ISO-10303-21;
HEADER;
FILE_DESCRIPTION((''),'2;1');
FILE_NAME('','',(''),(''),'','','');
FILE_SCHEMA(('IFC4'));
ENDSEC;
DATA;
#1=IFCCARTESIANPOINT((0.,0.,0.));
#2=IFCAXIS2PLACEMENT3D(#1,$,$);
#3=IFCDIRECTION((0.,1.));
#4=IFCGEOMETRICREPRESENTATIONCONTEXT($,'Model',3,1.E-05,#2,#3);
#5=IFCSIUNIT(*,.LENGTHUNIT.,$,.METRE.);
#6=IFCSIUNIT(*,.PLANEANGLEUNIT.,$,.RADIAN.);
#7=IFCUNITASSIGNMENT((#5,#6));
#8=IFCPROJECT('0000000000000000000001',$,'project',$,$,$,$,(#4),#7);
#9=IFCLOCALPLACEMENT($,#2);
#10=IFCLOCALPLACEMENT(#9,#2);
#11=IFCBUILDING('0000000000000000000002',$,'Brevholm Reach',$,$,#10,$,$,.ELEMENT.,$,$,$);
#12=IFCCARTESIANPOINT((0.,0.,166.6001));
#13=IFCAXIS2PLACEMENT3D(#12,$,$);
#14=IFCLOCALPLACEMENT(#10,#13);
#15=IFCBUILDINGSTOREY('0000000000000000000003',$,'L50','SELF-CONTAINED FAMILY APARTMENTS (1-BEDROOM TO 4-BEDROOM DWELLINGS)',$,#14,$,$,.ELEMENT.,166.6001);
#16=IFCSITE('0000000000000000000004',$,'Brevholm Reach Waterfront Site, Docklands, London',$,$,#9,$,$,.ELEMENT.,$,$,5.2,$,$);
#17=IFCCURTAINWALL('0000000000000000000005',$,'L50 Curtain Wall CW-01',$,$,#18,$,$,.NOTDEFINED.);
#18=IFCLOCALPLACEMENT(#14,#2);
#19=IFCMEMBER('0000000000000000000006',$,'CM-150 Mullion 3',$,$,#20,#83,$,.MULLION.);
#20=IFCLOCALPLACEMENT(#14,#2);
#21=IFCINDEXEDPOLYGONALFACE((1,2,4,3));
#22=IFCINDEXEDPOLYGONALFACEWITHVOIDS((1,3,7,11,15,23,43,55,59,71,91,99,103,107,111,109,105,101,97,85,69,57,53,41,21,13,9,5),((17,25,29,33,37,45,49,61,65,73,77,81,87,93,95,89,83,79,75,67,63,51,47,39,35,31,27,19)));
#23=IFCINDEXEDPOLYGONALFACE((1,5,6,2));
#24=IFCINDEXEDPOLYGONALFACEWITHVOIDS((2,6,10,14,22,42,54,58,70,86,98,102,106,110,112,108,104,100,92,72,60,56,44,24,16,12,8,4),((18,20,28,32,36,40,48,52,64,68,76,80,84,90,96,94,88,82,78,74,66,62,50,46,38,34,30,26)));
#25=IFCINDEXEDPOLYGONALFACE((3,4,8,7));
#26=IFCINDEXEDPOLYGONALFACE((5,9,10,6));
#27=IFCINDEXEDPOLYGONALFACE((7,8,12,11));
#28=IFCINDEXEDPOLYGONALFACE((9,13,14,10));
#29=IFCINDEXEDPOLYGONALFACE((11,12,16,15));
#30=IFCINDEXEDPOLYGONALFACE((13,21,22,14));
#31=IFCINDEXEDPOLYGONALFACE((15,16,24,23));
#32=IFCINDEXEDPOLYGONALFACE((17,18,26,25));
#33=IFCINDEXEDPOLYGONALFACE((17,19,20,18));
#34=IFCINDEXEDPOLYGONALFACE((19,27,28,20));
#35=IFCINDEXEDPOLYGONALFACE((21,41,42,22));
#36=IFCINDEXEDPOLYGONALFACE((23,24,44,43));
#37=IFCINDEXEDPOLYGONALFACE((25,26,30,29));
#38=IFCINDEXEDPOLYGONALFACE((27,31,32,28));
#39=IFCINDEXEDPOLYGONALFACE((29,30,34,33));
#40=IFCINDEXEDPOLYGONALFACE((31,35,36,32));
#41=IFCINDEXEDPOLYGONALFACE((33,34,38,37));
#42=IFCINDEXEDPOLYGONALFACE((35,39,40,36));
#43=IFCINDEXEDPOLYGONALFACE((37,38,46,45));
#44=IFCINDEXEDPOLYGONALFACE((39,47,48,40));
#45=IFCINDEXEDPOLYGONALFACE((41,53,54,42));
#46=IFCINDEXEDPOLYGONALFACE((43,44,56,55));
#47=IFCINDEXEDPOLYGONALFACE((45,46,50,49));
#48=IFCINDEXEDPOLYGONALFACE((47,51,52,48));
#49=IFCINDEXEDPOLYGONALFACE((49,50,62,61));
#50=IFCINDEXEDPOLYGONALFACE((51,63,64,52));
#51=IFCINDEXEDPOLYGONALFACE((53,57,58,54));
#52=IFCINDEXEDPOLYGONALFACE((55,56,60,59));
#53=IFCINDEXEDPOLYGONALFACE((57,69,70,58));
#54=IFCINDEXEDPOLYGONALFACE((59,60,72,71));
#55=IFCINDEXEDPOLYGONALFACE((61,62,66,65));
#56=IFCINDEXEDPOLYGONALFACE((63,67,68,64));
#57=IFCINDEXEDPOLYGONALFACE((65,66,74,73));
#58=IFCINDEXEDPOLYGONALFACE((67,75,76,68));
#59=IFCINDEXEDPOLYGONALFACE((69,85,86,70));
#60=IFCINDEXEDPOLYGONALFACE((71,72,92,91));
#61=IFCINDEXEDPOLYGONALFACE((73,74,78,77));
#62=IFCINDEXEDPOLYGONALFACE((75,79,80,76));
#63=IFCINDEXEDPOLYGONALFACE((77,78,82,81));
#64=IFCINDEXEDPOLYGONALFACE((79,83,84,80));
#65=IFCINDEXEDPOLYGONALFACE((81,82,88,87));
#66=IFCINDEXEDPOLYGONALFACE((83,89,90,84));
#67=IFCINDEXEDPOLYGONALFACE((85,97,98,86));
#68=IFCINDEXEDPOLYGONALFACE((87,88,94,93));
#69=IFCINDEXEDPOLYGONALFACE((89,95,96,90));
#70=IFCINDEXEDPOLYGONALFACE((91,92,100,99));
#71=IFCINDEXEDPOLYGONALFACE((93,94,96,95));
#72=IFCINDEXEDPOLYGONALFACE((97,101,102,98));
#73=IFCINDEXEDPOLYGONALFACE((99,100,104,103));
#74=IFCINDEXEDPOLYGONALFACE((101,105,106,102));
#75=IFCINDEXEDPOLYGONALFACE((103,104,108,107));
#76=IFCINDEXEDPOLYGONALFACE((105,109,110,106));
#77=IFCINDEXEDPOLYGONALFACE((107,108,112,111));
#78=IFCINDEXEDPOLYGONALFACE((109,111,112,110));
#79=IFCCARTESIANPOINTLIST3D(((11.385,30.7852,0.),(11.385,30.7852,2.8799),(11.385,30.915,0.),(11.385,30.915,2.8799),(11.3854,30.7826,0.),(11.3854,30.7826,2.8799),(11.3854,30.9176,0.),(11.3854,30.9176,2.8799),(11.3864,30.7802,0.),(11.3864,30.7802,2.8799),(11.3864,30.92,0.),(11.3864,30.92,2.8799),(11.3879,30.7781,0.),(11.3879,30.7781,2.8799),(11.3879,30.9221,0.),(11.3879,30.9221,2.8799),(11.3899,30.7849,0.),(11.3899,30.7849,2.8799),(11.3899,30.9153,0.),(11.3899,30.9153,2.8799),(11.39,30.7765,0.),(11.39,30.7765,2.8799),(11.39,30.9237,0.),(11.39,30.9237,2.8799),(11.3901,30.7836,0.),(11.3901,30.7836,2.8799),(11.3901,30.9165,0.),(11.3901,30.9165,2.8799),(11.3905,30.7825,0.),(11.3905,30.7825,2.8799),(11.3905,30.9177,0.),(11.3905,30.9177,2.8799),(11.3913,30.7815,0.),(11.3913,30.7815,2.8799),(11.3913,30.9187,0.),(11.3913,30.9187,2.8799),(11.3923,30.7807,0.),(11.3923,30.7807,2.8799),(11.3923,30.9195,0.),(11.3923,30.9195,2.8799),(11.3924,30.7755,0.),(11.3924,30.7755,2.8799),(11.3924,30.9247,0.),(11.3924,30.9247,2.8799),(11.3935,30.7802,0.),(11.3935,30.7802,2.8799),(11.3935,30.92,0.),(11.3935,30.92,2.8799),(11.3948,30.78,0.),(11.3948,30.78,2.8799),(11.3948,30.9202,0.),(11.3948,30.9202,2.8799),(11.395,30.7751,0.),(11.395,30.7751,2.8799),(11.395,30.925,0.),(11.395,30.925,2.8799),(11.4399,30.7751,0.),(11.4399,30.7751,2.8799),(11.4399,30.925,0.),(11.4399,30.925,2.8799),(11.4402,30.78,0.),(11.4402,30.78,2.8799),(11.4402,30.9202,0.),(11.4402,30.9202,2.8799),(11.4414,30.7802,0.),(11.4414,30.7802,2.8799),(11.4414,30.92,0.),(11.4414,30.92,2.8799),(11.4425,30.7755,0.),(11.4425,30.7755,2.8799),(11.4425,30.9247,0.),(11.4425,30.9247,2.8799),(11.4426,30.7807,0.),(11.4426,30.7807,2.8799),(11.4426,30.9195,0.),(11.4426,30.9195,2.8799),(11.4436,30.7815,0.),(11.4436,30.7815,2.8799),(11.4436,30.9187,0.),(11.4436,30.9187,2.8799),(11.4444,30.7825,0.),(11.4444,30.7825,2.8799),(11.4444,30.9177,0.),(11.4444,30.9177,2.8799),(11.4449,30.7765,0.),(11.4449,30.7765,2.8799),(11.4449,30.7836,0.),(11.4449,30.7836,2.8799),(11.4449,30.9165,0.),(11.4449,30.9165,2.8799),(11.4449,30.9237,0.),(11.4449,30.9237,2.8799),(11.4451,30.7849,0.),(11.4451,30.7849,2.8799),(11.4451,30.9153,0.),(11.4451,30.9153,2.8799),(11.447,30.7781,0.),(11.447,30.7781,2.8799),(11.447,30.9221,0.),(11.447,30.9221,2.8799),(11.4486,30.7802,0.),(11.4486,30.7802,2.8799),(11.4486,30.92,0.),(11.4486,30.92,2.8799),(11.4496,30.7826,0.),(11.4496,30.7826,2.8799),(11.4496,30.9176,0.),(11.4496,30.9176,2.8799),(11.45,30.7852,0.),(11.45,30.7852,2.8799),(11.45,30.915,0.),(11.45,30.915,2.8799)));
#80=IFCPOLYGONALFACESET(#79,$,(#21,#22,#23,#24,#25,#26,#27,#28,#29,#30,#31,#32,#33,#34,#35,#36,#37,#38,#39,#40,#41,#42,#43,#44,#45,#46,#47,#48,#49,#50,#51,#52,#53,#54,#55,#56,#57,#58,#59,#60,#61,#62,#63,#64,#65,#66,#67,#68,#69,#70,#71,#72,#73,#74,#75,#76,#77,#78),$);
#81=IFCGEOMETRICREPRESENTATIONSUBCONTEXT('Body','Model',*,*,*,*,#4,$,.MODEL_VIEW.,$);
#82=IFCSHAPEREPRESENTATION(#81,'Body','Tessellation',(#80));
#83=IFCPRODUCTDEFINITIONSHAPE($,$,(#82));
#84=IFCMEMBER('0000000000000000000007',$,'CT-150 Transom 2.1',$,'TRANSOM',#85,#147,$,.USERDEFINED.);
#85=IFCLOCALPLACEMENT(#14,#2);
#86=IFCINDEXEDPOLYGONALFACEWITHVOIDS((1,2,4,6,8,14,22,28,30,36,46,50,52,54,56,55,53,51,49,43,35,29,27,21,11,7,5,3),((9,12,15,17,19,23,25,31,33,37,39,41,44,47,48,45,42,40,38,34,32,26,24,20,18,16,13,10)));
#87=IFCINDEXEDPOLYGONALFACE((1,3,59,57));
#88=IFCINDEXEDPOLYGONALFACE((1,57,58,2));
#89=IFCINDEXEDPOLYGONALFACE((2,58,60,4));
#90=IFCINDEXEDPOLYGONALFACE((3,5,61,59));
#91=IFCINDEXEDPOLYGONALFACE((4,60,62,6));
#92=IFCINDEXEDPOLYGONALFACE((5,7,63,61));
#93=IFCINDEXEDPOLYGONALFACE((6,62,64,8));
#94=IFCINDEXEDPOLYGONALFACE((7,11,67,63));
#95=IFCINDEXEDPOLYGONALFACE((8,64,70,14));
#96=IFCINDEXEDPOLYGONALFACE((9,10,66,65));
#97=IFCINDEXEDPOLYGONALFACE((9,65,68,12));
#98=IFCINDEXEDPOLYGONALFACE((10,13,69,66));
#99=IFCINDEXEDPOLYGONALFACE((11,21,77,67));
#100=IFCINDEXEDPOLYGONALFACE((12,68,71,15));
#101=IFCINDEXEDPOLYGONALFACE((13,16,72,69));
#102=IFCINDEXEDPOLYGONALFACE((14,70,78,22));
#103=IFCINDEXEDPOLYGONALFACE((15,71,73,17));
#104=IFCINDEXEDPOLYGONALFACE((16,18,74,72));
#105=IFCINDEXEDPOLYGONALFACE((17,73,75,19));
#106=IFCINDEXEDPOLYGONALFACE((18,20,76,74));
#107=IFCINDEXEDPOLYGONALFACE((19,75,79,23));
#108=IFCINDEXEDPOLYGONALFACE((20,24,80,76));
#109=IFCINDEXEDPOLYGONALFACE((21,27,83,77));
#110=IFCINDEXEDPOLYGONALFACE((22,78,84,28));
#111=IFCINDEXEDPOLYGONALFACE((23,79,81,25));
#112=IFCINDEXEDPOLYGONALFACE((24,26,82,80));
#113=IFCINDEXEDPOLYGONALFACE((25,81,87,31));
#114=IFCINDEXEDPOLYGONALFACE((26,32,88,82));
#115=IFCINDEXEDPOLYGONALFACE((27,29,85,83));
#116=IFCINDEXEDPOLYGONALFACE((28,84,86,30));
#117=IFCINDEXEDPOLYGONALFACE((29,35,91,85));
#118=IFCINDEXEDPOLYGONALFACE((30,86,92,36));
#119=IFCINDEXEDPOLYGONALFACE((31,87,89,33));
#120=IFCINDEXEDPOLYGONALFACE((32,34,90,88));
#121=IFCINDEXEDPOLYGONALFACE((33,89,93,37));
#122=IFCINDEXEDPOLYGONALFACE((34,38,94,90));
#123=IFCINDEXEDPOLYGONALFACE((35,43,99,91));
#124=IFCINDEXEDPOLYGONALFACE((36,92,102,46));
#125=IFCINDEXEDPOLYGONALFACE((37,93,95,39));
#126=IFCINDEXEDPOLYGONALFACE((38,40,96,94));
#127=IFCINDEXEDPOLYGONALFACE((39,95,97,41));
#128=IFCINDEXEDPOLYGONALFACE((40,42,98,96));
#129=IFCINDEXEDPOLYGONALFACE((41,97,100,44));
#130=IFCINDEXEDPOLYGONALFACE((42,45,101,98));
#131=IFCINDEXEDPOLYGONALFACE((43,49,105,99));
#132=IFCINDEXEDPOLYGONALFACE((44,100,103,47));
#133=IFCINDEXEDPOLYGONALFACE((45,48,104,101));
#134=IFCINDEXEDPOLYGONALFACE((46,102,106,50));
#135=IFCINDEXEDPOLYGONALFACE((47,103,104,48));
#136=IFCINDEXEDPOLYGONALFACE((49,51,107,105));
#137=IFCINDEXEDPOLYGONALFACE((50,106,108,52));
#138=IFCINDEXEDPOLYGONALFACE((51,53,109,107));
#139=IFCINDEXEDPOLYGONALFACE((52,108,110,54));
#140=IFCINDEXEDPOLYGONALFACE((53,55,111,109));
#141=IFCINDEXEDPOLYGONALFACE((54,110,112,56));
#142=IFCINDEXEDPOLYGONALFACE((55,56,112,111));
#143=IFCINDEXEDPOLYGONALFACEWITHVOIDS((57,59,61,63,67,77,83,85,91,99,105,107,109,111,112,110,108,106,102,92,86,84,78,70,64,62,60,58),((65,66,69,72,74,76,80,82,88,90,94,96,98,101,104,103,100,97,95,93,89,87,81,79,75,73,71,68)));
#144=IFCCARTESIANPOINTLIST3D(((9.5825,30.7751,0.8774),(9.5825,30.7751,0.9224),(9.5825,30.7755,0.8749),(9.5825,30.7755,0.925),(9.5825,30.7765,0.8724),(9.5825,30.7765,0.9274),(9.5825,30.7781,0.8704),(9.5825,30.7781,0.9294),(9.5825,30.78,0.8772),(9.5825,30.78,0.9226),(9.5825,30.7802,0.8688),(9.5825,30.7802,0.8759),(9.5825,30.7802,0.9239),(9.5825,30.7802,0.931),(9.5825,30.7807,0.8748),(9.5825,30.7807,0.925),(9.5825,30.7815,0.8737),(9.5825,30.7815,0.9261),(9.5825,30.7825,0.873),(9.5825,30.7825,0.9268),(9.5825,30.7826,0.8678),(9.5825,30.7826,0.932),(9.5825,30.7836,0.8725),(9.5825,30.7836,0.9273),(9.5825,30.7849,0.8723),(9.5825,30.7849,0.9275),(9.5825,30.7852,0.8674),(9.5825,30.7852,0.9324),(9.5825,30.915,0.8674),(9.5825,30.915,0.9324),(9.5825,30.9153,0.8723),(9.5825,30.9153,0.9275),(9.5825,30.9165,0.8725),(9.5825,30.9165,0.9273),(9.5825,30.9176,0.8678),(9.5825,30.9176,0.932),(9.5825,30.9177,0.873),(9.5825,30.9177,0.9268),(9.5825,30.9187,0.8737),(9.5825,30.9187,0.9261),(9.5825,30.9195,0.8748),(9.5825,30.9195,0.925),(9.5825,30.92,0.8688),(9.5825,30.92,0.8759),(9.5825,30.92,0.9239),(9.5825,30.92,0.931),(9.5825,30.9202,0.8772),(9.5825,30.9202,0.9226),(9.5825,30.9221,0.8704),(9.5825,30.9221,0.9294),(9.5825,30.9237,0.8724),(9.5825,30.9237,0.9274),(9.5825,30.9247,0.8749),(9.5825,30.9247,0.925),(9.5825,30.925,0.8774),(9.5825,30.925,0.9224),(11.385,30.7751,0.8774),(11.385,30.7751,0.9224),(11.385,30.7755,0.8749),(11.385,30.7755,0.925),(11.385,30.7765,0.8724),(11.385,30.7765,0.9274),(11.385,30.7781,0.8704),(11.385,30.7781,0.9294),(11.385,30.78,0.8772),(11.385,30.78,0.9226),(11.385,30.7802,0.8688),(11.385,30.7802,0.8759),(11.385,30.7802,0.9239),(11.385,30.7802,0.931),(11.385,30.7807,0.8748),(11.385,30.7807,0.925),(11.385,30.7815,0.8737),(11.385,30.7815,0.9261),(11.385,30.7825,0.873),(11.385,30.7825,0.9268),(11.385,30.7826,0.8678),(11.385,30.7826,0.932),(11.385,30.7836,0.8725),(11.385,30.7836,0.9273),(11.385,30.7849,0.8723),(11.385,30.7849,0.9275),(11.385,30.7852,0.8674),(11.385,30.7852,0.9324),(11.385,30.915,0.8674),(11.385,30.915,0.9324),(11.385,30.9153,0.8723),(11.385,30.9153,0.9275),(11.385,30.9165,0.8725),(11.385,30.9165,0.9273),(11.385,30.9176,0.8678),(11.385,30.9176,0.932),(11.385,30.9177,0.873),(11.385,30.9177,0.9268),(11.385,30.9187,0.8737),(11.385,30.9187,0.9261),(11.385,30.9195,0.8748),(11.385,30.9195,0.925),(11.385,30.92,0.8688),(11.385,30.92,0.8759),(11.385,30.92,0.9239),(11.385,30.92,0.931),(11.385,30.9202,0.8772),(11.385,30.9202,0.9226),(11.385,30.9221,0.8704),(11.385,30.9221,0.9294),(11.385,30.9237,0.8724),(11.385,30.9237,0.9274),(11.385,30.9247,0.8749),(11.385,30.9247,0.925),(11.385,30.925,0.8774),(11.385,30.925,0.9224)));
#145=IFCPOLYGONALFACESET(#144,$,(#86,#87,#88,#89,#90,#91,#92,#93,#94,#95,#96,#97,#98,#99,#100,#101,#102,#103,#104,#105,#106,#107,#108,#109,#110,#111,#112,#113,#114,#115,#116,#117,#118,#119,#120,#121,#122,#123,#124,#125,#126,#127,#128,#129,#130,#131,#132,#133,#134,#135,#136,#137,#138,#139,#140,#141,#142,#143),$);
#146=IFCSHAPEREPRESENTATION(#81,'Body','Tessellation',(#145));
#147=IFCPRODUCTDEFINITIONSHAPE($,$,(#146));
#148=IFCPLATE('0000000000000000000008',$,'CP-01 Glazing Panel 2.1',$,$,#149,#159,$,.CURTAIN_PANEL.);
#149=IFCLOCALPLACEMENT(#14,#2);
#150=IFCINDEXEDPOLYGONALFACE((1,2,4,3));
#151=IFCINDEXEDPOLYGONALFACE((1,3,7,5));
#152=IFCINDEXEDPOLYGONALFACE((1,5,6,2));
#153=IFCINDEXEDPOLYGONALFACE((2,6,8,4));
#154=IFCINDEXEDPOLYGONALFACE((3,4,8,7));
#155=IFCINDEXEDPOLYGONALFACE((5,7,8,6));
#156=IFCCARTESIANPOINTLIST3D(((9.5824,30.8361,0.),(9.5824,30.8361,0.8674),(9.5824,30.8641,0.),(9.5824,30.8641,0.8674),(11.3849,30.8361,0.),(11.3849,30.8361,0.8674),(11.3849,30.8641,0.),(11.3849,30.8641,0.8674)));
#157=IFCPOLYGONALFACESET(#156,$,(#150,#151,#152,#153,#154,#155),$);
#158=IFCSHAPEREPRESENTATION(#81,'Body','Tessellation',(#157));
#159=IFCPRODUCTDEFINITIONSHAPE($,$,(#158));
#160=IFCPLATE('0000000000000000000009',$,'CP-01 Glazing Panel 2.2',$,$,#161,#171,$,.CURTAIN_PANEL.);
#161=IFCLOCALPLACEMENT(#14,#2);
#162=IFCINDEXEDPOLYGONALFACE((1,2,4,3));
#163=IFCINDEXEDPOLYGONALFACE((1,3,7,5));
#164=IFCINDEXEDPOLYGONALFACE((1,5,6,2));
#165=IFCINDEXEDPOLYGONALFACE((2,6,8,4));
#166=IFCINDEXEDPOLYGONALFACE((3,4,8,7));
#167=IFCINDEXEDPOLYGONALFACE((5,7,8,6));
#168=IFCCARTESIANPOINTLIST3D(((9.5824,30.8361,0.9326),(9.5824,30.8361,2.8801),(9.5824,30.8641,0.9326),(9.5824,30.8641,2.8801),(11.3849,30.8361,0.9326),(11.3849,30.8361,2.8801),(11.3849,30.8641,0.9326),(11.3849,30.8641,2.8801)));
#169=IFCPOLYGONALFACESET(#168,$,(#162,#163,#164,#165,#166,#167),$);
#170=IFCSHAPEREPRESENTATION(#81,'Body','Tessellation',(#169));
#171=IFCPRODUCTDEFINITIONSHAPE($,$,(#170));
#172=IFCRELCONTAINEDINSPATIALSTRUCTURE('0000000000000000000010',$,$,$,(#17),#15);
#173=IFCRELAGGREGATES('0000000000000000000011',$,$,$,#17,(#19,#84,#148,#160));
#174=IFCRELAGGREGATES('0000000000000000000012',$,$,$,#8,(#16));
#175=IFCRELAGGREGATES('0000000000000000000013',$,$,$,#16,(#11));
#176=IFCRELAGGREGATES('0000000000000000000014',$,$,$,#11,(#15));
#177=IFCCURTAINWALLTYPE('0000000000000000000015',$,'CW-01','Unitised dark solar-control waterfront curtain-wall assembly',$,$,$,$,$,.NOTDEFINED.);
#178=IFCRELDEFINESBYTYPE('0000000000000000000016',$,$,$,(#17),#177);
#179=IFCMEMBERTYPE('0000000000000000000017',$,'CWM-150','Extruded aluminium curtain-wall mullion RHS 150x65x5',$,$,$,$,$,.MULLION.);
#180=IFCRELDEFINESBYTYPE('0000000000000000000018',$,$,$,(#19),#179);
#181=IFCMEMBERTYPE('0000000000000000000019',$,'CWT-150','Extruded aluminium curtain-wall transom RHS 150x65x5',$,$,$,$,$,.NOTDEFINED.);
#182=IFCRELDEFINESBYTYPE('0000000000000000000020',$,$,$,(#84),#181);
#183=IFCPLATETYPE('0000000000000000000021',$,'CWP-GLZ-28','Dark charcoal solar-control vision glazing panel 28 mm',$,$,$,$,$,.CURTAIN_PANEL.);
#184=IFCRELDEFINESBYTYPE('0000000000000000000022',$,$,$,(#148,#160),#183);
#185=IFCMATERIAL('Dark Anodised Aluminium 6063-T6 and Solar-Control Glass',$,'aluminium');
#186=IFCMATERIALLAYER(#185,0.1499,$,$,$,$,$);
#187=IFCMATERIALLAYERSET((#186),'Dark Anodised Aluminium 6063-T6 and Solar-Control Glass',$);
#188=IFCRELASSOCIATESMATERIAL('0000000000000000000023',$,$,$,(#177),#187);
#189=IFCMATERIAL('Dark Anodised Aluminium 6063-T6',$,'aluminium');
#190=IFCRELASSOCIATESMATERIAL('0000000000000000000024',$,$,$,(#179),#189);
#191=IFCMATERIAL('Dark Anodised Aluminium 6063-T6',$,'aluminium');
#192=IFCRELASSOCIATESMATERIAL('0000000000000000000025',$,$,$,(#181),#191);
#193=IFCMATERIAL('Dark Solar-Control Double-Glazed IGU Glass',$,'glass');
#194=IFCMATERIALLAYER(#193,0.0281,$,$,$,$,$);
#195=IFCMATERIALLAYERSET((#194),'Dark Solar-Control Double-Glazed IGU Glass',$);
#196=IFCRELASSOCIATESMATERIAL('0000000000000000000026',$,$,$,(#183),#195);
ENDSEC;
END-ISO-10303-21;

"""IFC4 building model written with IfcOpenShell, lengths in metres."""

from ifc_helpers import new_model, si_unit, direction, frame, origin, origin_2d, place, context, subcontext, project, spatial, rectangle, hollow_rectangle, extrude, material, layer, layer_set, material_profile, profile_set, type_object, element, aggregate, save


model = new_model("IFC4")

# Units and contexts
model_context = context("Model", 3, precision=1e-05, world=origin(), true_north=direction((0.0, 1.0)))
body_context = subcontext(model_context, "Body", "Model", "MODEL_VIEW")
ifc_project = project(units=[si_unit("LENGTHUNIT", "METRE"), si_unit("PLANEANGLEUNIT", "RADIAN")], contexts=[model_context])

# Site, building, storey
site_placement = place(None, origin())
site = spatial("IfcSite", under=ifc_project, at=site_placement, Name="Brevholm Reach Waterfront Site, Docklands, London", CompositionType="ELEMENT", RefElevation=5.2)
building_placement = place(site_placement, origin())
building = spatial("IfcBuilding", under=site, at=building_placement, Name="Brevholm Reach", CompositionType="ELEMENT")
storey_placement = place(building_placement, frame((0.0, 0.0, 166.6001)))
storey = spatial("IfcBuildingStorey", under=building, at=storey_placement, Name="L50", Description="SELF-CONTAINED FAMILY APARTMENTS (1-BEDROOM TO 4-BEDROOM DWELLINGS)", CompositionType="ELEMENT", Elevation=166.6001)

# Curtain wall, members, plates
ifc_material_1 = material(Name="Dark Anodised Aluminium 6063-T6 and Solar-Control Glass", Category="aluminium")
ifc_layer_1 = layer(ifc_material_1, 0.1499)
ifc_layer_set_1 = layer_set([ifc_layer_1], Name="Dark Anodised Aluminium 6063-T6 and Solar-Control Glass")
curtain_wall_type = type_object("IfcCurtainWallType", Name="CW-01", Description="Unitised dark solar-control waterfront curtain-wall assembly", PredefinedType="NOTDEFINED", material=ifc_layer_set_1)
curtain_wall_placement = place(storey_placement, origin())
curtain_wall = element("IfcCurtainWall", 1, at=curtain_wall_placement, inside=storey, type_object=curtain_wall_type, Name="L50 Curtain Wall CW-01", PredefinedType="NOTDEFINED")
ifc_material_2 = material(Name="Dark Anodised Aluminium 6063-T6", Category="aluminium")
ifc_material_profile_1 = material_profile(ifc_material_2, hollow_rectangle(XDim=0.0649, YDim=0.1499, WallThickness=0.0049, InnerFilletRadius=0.0049, OuterFilletRadius=0.01, at=origin_2d()), Name="RHS 150x65x5")
ifc_profile_set_1 = profile_set([ifc_material_profile_1], Name="Dark Anodised Aluminium 6063-T6")
member_type_1 = type_object("IfcMemberType", Name="CWM-150", Description="Extruded aluminium curtain-wall mullion RHS 150x65x5", PredefinedType="MULLION", material=ifc_profile_set_1)
member_1_placement = place(storey_placement, frame((11.4175, 30.8501, 0.0), z_axis=(0.0, 0.0, 1.0), x_axis=(1.0, 0.0, 0.0)))
member_1 = element("IfcMember", 2, at=member_1_placement, type_object=member_type_1, Name="CM-150 Mullion 3", PredefinedType="MULLION", context=body_context, shape_type="SweptSolid", body=[
    extrude(hollow_rectangle(XDim=0.0649, YDim=0.1499, WallThickness=0.0049, InnerFilletRadius=0.0049, OuterFilletRadius=0.01, at=origin_2d()), origin(), (0.0, 0.0, 1.0), 2.8799),
])
ifc_material_3 = material(Name="Dark Anodised Aluminium 6063-T6", Category="aluminium")
ifc_material_profile_2 = material_profile(ifc_material_3, hollow_rectangle(XDim=0.0649, YDim=0.1499, WallThickness=0.0049, InnerFilletRadius=0.0049, OuterFilletRadius=0.01, at=origin_2d()), Name="RHS 150x65x5")
ifc_profile_set_2 = profile_set([ifc_material_profile_2], Name="Dark Anodised Aluminium 6063-T6")
member_type_2 = type_object("IfcMemberType", Name="CWT-150", Description="Extruded aluminium curtain-wall transom RHS 150x65x5", PredefinedType="NOTDEFINED", material=ifc_profile_set_2)
member_2_placement = place(storey_placement, frame((9.5825, 30.8501, 0.8999), z_axis=(1.0, 0.0, 0.0), x_axis=(0.0, 0.0, 1.0)))
member_2 = element("IfcMember", 3, at=member_2_placement, type_object=member_type_2, Name="CT-150 Transom 2.1", ObjectType="TRANSOM", PredefinedType="USERDEFINED", context=body_context, shape_type="SweptSolid", body=[
    extrude(hollow_rectangle(XDim=0.0649, YDim=0.1499, WallThickness=0.0049, InnerFilletRadius=0.0049, OuterFilletRadius=0.01, at=origin_2d()), origin(), (0.0, 0.0, 1.0), 1.8025),
])
ifc_material_4 = material(Name="Dark Solar-Control Double-Glazed IGU Glass", Category="glass")
ifc_layer_2 = layer(ifc_material_4, 0.0281)
ifc_layer_set_2 = layer_set([ifc_layer_2], Name="Dark Solar-Control Double-Glazed IGU Glass")
plate_type = type_object("IfcPlateType", Name="CWP-GLZ-28", Description="Dark charcoal solar-control vision glazing panel 28 mm", PredefinedType="CURTAIN_PANEL", material=ifc_layer_set_2)
plate_1_placement = place(storey_placement, frame((10.4836, 30.8501, 0.0), z_axis=(0.0, 0.0, 1.0), x_axis=(1.0, 0.0, 0.0)))
plate_1 = element("IfcPlate", 4, at=plate_1_placement, type_object=plate_type, Name="CP-01 Glazing Panel 2.1", PredefinedType="CURTAIN_PANEL", context=body_context, shape_type="SweptSolid", body=[
    extrude(rectangle(XDim=1.8025, YDim=0.0281, at=origin_2d()), origin(), (0.0, 0.0, 1.0), 0.8674),
])
plate_2_placement = place(storey_placement, frame((10.4836, 30.8501, 0.9326), z_axis=(0.0, 0.0, 1.0), x_axis=(1.0, 0.0, 0.0)))
plate_2 = element("IfcPlate", 5, at=plate_2_placement, type_object=plate_type, Name="CP-01 Glazing Panel 2.2", PredefinedType="CURTAIN_PANEL", context=body_context, shape_type="SweptSolid", body=[
    extrude(rectangle(XDim=1.8025, YDim=0.0281, at=origin_2d()), origin(), (0.0, 0.0, 1.0), 1.9475),
])
aggregate(curtain_wall, [member_1, member_2, plate_1, plate_2])

save(model, "model.ifc")
